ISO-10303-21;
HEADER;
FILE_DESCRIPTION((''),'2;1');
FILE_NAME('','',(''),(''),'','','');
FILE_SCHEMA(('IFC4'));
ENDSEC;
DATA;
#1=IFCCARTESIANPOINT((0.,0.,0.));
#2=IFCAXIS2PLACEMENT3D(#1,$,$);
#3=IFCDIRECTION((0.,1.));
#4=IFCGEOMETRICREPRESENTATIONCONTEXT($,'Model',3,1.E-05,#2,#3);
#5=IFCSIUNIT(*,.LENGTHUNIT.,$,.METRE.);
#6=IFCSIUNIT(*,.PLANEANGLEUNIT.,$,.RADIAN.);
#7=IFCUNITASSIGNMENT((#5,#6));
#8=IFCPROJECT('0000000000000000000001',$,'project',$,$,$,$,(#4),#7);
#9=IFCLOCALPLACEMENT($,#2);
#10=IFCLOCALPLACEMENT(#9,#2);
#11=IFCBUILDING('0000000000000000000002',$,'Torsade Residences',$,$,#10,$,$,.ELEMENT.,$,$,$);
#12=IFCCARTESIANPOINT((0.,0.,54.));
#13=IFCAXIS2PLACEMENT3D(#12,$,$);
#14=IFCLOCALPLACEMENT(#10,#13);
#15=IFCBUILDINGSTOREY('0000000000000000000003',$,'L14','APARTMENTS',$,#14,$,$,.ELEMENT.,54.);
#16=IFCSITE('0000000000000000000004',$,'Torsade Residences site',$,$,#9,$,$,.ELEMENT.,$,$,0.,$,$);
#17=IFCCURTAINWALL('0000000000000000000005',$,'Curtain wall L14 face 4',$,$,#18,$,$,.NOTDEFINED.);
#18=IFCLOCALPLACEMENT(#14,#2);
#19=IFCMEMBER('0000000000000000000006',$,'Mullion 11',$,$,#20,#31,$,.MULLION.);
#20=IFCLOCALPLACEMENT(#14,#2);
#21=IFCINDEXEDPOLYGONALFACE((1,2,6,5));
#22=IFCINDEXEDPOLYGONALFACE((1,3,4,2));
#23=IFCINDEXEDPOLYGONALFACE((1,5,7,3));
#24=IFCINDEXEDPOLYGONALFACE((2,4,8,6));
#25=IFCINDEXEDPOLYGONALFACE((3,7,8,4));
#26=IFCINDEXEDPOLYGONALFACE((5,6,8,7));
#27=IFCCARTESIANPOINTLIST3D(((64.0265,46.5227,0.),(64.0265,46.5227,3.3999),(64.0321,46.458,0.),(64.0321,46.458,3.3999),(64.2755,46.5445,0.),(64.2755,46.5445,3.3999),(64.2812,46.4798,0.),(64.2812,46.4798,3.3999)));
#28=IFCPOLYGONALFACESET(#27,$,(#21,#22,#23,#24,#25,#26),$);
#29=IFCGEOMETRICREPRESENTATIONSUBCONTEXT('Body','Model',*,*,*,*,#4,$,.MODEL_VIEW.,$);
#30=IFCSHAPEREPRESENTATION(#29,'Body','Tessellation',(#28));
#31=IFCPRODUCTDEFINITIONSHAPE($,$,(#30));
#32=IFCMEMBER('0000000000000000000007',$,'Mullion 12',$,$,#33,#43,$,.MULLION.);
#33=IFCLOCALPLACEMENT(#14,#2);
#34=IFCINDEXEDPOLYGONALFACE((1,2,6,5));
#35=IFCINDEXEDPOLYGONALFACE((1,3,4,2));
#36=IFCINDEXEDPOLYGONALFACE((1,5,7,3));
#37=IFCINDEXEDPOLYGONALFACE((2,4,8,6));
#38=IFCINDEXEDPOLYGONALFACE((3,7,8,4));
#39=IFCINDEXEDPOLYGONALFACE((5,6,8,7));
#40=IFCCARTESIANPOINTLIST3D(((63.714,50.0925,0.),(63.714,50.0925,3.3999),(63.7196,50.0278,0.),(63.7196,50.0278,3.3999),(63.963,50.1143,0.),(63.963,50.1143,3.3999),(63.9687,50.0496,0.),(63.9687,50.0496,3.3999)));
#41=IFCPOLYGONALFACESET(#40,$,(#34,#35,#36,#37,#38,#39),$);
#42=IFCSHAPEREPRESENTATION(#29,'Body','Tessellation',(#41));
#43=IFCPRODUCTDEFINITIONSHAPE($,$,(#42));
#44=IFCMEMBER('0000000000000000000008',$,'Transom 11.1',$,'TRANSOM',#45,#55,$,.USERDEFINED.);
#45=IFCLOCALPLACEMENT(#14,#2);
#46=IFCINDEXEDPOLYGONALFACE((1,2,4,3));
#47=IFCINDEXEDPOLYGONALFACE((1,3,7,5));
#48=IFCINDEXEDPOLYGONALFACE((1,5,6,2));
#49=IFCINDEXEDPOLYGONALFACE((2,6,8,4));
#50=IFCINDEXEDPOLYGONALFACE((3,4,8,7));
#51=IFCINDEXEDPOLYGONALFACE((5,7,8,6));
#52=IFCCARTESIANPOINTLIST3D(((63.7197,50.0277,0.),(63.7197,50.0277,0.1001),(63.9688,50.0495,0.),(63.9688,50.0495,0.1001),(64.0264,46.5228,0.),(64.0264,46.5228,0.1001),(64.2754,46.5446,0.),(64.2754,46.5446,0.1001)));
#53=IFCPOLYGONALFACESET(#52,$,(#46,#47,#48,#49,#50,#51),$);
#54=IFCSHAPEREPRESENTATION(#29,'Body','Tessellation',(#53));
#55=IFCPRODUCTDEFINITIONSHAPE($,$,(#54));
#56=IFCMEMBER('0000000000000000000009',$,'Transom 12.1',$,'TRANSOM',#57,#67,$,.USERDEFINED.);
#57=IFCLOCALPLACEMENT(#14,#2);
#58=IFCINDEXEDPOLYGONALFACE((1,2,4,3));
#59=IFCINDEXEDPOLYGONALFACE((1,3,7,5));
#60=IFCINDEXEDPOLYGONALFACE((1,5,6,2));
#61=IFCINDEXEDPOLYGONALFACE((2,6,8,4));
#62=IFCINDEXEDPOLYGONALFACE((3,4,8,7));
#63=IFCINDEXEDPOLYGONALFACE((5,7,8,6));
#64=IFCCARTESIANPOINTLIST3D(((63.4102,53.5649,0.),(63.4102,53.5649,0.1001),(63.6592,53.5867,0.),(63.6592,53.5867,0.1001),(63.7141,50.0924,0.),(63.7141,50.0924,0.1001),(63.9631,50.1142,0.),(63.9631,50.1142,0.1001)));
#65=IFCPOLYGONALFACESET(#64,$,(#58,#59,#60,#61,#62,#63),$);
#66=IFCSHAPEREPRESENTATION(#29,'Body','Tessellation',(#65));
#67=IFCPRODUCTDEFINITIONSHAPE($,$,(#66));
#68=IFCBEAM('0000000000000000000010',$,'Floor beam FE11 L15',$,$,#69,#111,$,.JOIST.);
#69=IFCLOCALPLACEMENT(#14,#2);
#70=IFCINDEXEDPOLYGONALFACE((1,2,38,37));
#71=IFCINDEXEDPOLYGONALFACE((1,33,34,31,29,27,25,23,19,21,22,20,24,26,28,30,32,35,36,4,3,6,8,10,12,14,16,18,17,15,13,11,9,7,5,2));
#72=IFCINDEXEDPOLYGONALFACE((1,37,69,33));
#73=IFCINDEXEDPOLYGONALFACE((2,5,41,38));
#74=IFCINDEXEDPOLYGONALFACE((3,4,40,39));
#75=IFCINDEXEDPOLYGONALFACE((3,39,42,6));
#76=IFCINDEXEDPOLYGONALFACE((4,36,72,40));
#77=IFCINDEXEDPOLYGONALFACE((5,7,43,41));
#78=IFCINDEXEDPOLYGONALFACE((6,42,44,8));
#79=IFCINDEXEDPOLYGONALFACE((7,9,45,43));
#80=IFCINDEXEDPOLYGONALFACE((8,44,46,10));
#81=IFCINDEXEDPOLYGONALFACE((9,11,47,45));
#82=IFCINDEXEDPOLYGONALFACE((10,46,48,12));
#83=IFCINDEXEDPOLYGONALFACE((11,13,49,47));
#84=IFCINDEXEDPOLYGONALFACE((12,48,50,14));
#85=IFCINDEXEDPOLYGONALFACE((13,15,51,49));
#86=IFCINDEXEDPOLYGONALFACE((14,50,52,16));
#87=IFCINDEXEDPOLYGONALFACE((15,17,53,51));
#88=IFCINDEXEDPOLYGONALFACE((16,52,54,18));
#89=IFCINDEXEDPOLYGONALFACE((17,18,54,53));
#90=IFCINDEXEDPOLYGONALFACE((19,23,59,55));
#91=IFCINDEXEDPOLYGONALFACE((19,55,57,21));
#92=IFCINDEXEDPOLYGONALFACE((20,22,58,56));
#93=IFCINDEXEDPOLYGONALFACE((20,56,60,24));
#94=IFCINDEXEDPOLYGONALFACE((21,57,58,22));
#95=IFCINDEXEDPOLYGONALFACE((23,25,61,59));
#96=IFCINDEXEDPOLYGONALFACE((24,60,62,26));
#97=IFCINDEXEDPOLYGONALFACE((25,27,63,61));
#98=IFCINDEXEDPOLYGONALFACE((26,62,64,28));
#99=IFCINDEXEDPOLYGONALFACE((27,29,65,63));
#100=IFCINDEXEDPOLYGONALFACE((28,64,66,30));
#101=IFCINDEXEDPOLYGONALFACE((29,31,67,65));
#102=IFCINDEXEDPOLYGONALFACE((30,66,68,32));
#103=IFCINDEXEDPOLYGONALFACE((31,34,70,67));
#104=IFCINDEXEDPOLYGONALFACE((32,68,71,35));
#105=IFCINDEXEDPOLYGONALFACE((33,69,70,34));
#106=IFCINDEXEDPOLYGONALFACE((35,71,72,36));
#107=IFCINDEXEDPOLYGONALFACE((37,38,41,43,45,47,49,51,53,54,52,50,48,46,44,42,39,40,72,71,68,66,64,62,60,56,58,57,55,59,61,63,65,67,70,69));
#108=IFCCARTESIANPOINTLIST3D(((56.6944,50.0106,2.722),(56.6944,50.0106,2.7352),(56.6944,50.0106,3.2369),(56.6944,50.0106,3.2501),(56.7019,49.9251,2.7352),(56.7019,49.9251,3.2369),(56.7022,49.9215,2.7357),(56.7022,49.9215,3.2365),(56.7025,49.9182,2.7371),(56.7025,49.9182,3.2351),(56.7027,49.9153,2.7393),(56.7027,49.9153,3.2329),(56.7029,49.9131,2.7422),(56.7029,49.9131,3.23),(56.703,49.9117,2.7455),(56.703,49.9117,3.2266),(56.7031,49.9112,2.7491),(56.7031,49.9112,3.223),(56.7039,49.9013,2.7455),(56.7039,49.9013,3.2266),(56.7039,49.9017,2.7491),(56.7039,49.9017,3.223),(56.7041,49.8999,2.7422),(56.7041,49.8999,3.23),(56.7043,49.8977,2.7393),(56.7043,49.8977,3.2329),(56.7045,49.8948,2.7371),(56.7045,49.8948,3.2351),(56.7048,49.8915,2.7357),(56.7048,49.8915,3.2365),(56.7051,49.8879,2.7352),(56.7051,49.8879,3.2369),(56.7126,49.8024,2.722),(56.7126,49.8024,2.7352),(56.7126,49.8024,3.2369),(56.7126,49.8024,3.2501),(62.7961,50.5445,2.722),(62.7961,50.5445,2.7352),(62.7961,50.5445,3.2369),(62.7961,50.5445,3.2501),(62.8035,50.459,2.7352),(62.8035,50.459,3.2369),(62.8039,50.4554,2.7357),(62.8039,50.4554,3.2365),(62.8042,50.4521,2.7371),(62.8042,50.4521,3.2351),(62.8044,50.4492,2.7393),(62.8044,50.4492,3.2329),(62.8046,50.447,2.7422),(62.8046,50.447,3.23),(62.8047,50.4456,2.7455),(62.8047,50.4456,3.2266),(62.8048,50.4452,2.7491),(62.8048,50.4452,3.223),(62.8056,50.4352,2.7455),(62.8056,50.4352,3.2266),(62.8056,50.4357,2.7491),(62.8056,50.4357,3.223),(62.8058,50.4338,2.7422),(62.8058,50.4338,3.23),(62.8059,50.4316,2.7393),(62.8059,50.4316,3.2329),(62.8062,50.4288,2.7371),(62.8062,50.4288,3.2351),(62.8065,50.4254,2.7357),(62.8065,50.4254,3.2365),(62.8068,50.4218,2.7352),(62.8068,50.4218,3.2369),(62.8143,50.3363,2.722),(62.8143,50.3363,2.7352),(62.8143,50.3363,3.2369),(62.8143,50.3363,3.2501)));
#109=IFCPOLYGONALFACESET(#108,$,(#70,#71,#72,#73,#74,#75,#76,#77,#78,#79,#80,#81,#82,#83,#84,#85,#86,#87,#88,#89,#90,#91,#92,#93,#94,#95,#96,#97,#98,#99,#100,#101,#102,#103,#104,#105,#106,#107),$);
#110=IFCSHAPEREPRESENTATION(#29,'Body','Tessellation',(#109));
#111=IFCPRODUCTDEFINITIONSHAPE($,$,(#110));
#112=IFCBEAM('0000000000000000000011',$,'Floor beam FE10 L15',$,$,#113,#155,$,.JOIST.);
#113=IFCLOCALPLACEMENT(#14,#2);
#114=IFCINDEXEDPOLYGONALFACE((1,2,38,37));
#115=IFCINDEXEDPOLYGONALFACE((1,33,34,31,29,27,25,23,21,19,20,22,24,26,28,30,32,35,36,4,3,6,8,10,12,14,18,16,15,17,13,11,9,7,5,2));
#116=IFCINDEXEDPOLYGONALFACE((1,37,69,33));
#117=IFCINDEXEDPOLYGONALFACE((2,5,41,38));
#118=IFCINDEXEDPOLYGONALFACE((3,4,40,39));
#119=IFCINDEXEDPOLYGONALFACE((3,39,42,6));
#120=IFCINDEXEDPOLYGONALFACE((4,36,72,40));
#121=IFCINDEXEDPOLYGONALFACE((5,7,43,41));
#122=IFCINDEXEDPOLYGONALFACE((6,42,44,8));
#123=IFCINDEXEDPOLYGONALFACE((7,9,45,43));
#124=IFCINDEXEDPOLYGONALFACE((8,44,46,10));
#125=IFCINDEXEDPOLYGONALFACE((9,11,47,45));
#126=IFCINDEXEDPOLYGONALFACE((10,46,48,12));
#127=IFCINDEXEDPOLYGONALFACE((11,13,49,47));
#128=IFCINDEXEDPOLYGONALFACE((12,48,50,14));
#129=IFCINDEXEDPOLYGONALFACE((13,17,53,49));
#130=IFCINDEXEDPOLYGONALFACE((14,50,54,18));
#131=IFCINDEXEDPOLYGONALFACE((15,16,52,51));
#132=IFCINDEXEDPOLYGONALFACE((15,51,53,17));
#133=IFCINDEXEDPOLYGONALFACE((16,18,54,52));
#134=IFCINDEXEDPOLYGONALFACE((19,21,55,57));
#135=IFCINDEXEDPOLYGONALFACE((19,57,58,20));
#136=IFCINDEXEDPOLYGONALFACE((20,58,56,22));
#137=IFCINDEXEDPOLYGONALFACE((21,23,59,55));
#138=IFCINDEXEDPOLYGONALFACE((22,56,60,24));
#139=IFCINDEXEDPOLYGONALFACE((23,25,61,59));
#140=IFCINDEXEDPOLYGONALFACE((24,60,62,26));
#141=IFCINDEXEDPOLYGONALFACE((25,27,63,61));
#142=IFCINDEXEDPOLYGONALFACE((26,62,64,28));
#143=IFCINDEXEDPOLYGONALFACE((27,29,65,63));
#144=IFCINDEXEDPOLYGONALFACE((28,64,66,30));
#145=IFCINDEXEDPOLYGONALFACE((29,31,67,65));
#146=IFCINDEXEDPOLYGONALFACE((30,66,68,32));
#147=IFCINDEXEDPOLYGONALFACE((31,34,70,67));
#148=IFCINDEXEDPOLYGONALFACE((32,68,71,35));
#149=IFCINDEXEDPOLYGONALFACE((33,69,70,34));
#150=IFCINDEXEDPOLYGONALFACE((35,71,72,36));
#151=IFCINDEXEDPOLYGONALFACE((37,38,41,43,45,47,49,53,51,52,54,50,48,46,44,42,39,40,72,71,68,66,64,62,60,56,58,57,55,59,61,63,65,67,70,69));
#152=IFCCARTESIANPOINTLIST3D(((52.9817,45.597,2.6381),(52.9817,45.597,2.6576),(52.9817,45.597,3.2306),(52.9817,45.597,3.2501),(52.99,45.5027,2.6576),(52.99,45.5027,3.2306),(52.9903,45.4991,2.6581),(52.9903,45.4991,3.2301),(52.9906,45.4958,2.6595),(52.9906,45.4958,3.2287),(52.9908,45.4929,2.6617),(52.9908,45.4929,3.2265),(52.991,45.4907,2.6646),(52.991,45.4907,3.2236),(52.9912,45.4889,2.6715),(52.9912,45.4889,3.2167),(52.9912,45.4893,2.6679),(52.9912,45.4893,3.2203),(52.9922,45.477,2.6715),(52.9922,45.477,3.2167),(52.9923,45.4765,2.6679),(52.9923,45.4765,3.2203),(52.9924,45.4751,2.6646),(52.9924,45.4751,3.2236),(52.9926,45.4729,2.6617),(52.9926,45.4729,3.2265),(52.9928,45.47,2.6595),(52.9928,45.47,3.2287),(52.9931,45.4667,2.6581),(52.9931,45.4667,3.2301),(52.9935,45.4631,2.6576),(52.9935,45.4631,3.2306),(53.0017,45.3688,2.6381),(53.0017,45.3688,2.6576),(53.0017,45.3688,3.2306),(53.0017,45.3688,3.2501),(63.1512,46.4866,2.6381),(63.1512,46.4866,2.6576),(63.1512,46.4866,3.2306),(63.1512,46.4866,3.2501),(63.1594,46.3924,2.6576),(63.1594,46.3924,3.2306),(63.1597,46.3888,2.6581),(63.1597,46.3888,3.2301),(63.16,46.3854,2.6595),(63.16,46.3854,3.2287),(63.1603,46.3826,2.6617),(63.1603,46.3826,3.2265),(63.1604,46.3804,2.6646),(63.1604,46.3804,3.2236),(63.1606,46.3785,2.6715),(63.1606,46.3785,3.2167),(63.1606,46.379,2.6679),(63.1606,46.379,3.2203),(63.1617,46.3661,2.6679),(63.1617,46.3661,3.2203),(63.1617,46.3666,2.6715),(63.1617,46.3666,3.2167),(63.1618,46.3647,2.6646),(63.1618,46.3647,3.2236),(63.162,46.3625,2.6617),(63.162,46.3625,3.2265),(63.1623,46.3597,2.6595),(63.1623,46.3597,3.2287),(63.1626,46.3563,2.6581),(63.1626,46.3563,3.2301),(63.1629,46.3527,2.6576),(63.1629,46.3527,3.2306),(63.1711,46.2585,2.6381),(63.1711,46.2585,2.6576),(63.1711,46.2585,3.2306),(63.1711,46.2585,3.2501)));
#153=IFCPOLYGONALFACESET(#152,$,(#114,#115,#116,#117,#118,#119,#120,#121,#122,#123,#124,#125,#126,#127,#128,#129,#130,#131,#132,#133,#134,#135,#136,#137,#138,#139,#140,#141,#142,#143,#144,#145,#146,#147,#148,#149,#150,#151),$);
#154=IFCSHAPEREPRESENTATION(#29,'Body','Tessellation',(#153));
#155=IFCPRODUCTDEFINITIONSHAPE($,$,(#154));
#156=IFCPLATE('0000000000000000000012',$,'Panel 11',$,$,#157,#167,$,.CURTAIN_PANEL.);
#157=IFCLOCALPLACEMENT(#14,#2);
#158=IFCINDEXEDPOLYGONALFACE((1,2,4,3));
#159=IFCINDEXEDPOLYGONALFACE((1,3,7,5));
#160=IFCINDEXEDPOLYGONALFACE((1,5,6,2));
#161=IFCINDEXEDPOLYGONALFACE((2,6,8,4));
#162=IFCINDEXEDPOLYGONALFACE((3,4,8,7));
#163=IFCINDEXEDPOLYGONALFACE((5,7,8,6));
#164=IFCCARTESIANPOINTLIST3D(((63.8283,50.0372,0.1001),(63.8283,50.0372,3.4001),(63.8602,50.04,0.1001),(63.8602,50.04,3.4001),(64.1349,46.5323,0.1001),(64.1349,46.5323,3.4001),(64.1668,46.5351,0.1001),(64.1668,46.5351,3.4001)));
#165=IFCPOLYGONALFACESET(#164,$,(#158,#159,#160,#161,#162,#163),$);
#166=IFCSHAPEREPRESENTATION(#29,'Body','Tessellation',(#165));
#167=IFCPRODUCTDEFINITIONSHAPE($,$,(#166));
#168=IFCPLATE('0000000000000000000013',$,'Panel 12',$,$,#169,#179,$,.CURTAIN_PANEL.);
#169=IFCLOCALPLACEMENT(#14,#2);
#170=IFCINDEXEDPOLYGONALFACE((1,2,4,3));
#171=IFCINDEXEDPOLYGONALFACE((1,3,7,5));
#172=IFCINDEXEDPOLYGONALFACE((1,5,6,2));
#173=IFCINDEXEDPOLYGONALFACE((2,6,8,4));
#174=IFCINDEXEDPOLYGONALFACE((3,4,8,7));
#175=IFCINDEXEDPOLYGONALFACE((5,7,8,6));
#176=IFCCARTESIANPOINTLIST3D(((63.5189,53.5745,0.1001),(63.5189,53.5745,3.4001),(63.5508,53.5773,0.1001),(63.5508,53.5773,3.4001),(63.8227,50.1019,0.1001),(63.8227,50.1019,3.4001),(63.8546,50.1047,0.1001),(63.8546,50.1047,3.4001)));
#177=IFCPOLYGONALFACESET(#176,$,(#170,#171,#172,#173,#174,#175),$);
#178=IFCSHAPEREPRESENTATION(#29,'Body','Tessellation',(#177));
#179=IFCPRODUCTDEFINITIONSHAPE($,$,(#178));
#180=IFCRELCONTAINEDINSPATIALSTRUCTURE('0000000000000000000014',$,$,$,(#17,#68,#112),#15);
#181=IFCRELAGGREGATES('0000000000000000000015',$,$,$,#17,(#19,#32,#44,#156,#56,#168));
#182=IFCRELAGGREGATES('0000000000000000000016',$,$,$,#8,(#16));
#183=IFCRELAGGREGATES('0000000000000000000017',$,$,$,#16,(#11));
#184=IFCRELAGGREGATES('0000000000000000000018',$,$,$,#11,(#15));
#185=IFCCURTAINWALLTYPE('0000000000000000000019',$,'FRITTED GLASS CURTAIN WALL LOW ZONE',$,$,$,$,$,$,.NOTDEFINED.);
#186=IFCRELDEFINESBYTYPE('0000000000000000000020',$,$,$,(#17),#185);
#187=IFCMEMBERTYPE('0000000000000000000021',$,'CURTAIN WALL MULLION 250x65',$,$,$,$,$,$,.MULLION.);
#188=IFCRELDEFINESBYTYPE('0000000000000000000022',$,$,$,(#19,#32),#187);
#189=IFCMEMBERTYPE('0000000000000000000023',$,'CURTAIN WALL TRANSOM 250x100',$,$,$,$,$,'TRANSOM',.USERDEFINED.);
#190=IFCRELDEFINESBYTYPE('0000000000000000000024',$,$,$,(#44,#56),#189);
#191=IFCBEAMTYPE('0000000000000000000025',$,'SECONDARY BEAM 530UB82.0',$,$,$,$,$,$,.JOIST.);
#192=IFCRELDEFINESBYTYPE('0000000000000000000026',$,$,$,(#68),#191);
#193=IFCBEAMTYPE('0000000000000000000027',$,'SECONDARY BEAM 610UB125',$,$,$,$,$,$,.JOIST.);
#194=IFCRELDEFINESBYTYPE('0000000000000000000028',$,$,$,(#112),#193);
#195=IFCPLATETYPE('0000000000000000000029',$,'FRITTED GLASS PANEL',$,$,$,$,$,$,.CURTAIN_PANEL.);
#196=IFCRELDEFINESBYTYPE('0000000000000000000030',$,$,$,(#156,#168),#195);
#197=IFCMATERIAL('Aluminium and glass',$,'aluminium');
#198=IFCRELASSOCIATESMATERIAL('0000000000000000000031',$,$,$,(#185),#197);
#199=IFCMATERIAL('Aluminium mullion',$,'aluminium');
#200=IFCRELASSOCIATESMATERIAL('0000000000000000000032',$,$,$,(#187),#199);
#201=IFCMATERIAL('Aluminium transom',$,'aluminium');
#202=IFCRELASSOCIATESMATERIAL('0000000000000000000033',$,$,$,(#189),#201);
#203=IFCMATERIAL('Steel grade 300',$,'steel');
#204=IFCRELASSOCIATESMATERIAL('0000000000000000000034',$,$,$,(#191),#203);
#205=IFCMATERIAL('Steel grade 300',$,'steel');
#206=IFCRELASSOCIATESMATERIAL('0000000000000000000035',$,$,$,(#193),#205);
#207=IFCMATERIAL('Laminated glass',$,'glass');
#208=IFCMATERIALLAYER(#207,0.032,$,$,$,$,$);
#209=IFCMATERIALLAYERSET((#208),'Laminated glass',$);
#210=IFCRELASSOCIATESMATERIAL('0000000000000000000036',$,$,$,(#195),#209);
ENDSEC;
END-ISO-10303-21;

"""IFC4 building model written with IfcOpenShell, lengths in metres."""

from ifc_helpers import new_model, si_unit, direction, frame, origin, origin_2d, place, context, subcontext, project, spatial, rectangle, i_section, extrude, material, layer, layer_set, material_profile, profile_set, type_object, element, aggregate, save


model = new_model("IFC4")

# Units and contexts
model_context = context("Model", 3, precision=1e-05, world=origin(), true_north=direction((0.0, 1.0)))
body_context = subcontext(model_context, "Body", "Model", "MODEL_VIEW")
ifc_project = project(units=[si_unit("LENGTHUNIT", "METRE"), si_unit("PLANEANGLEUNIT", "RADIAN")], contexts=[model_context])

# Site, building, storey
site_placement = place(None, origin())
site = spatial("IfcSite", under=ifc_project, at=site_placement, Name="Torsade Residences site", CompositionType="ELEMENT", RefElevation=0.0)
building_placement = place(site_placement, origin())
building = spatial("IfcBuilding", under=site, at=building_placement, Name="Torsade Residences", CompositionType="ELEMENT")
storey_placement = place(building_placement, frame((0.0, 0.0, 54.0)))
storey = spatial("IfcBuildingStorey", under=building, at=storey_placement, Name="L14", Description="APARTMENTS", CompositionType="ELEMENT", Elevation=54.0)

# Curtain wall, members
ifc_material_1 = material(Name="Aluminium and glass", Category="aluminium")
curtain_wall_type = type_object("IfcCurtainWallType", Name="FRITTED GLASS CURTAIN WALL LOW ZONE", PredefinedType="NOTDEFINED", material=ifc_material_1)
curtain_wall_placement = place(storey_placement, origin())
curtain_wall = element("IfcCurtainWall", 1, at=curtain_wall_placement, inside=storey, type_object=curtain_wall_type, Name="Curtain wall L14 face 4", PredefinedType="NOTDEFINED")
ifc_material_2 = material(Name="Aluminium mullion", Category="aluminium")
ifc_material_profile_1 = material_profile(ifc_material_2, rectangle(XDim=0.25, YDim=0.0649, at=origin_2d()), Name="CURTAIN WALL MULLION 250x65")
ifc_profile_set_1 = profile_set([ifc_material_profile_1], Name="Aluminium mullion")
member_type_1 = type_object("IfcMemberType", Name="CURTAIN WALL MULLION 250x65", PredefinedType="MULLION", material=ifc_profile_set_1)
member_1_placement = place(storey_placement, frame((64.1538, 46.5012, 0.0), z_axis=(0.0, 0.0, 1.0), x_axis=(-0.996195, -0.087156, 0.0)))
member_1 = element("IfcMember", 2, at=member_1_placement, type_object=member_type_1, Name="Mullion 11", PredefinedType="MULLION", context=body_context, shape_type="SweptSolid", body=[
    extrude(rectangle(XDim=0.25, YDim=0.0649, at=origin_2d()), origin(), (0.0, 0.0, 1.0), 3.3999),
])
member_2_placement = place(storey_placement, frame((63.8413, 50.071, 0.0), z_axis=(0.0, 0.0, 1.0), x_axis=(-0.996195, -0.087156, 0.0)))
member_2 = element("IfcMember", 3, at=member_2_placement, type_object=member_type_1, Name="Mullion 12", PredefinedType="MULLION", context=body_context, shape_type="SweptSolid", body=[
    extrude(rectangle(XDim=0.25, YDim=0.0649, at=origin_2d()), origin(), (0.0, 0.0, 1.0), 3.3999),
])
ifc_material_3 = material(Name="Aluminium transom", Category="aluminium")
ifc_material_profile_2 = material_profile(ifc_material_3, rectangle(XDim=0.25, YDim=0.1001, at=origin_2d()), Name="CURTAIN WALL TRANSOM 250x100")
ifc_profile_set_2 = profile_set([ifc_material_profile_2], Name="Aluminium transom")
member_type_2 = type_object("IfcMemberType", Name="CURTAIN WALL TRANSOM 250x100", ElementType="TRANSOM", PredefinedType="USERDEFINED", material=ifc_profile_set_2)
member_3_placement = place(storey_placement, frame((64.1509, 46.5337, 0.05), z_axis=(-0.087157, 0.996195, 0.0), x_axis=(-0.996195, -0.087157, 0.0)))
member_3 = element("IfcMember", 4, at=member_3_placement, type_object=member_type_2, Name="Transom 11.1", ObjectType="TRANSOM", PredefinedType="USERDEFINED", context=body_context, shape_type="SweptSolid", body=[
    extrude(rectangle(XDim=0.25, YDim=0.1001, at=origin_2d()), origin(), (0.0, 0.0, 1.0), 3.5183),
])
member_4_placement = place(storey_placement, frame((63.8386, 50.1033, 0.05), z_axis=(-0.087195, 0.996191, 0.0), x_axis=(-0.996191, -0.087195, 0.0)))
member_4 = element("IfcMember", 5, at=member_4_placement, type_object=member_type_2, Name="Transom 12.1", ObjectType="TRANSOM", PredefinedType="USERDEFINED", context=body_context, shape_type="SweptSolid", body=[
    extrude(rectangle(XDim=0.25, YDim=0.1001, at=origin_2d()), origin(), (0.0, 0.0, 1.0), 3.4858),
])

# Beams
ifc_material_4 = material(Name="Steel grade 300", Category="steel")
ifc_material_profile_3 = material_profile(ifc_material_4, i_section(OverallWidth=0.209, OverallDepth=0.5281, WebThickness=0.0095, FlangeThickness=0.0132, FilletRadius=0.0139, at=origin_2d()), Name="530UB82.0")
ifc_profile_set_3 = profile_set([ifc_material_profile_3], Name="Steel grade 300")
beam_type_1 = type_object("IfcBeamType", Name="SECONDARY BEAM 530UB82.0", PredefinedType="JOIST", material=ifc_profile_set_3)
beam_1_placement = place(storey_placement, frame((62.8052, 50.4404, 2.9861), z_axis=(-0.996193, -0.087175, 0.0), x_axis=(0.087175, -0.996193, 0.0)))
element("IfcBeam", 6, at=beam_1_placement, inside=storey, type_object=beam_type_1, Name="Floor beam FE11 L15", PredefinedType="JOIST", context=body_context, shape_type="SweptSolid", body=[
    extrude(i_section(OverallWidth=0.209, OverallDepth=0.5281, WebThickness=0.0095, FlangeThickness=0.0132, FilletRadius=0.0139, at=origin_2d()), origin(), (0.0, 0.0, 1.0), 6.125),
])
ifc_material_5 = material(Name="Steel grade 300", Category="steel")
ifc_material_profile_4 = material_profile(ifc_material_5, i_section(OverallWidth=0.229, OverallDepth=0.6121, WebThickness=0.012, FlangeThickness=0.0195, FilletRadius=0.0139, at=origin_2d()), Name="610UB125")
ifc_profile_set_4 = profile_set([ifc_material_profile_4], Name="Steel grade 300")
beam_type_2 = type_object("IfcBeamType", Name="SECONDARY BEAM 610UB125", PredefinedType="JOIST", material=ifc_profile_set_4)
beam_2_placement = place(storey_placement, frame((63.1611, 46.3726, 2.9441), z_axis=(-0.996195, -0.08715, 0.0), x_axis=(0.08715, -0.996195, 0.0)))
element("IfcBeam", 7, at=beam_2_placement, inside=storey, type_object=beam_type_2, Name="Floor beam FE10 L15", PredefinedType="JOIST", context=body_context, shape_type="SweptSolid", body=[
    extrude(i_section(OverallWidth=0.229, OverallDepth=0.6121, WebThickness=0.012, FlangeThickness=0.0195, FilletRadius=0.0139, at=origin_2d()), origin(), (0.0, 0.0, 1.0), 10.2083),
])

# Plates
ifc_material_6 = material(Name="Laminated glass", Category="glass")
ifc_layer_1 = layer(ifc_material_6, 0.032)
ifc_layer_set_1 = layer_set([ifc_layer_1], Name="Laminated glass")
plate_type_1 = type_object("IfcPlateType", Name="FRITTED GLASS PANEL", PredefinedType="CURTAIN_PANEL", material=ifc_layer_set_1)
plate_1_placement = place(storey_placement, frame((63.9976, 48.2861, 0.1001), z_axis=(0.0, 0.0, 1.0), x_axis=(-0.087156, 0.996195, 0.0)))
plate_1 = element("IfcPlate", 8, at=plate_1_placement, type_object=plate_type_1, Name="Panel 11", PredefinedType="CURTAIN_PANEL", context=body_context, shape_type="SweptSolid", body=[
    extrude(rectangle(XDim=3.5183, YDim=0.032, at=origin_2d()), origin(), (0.0, 0.0, 1.0), 3.3),
])
plate_2_placement = place(storey_placement, frame((63.6868, 51.8396, 0.1001), z_axis=(0.0, 0.0, 1.0), x_axis=(-0.087156, 0.996195, 0.0)))
plate_2 = element("IfcPlate", 9, at=plate_2_placement, type_object=plate_type_1, Name="Panel 12", PredefinedType="CURTAIN_PANEL", context=body_context, shape_type="SweptSolid", body=[
    extrude(rectangle(XDim=3.4858, YDim=0.032, at=origin_2d()), origin(), (0.0, 0.0, 1.0), 3.3),
])
aggregate(curtain_wall, [member_1, member_2, member_3, plate_1, member_4, plate_2])

save(model, "model.ifc")
